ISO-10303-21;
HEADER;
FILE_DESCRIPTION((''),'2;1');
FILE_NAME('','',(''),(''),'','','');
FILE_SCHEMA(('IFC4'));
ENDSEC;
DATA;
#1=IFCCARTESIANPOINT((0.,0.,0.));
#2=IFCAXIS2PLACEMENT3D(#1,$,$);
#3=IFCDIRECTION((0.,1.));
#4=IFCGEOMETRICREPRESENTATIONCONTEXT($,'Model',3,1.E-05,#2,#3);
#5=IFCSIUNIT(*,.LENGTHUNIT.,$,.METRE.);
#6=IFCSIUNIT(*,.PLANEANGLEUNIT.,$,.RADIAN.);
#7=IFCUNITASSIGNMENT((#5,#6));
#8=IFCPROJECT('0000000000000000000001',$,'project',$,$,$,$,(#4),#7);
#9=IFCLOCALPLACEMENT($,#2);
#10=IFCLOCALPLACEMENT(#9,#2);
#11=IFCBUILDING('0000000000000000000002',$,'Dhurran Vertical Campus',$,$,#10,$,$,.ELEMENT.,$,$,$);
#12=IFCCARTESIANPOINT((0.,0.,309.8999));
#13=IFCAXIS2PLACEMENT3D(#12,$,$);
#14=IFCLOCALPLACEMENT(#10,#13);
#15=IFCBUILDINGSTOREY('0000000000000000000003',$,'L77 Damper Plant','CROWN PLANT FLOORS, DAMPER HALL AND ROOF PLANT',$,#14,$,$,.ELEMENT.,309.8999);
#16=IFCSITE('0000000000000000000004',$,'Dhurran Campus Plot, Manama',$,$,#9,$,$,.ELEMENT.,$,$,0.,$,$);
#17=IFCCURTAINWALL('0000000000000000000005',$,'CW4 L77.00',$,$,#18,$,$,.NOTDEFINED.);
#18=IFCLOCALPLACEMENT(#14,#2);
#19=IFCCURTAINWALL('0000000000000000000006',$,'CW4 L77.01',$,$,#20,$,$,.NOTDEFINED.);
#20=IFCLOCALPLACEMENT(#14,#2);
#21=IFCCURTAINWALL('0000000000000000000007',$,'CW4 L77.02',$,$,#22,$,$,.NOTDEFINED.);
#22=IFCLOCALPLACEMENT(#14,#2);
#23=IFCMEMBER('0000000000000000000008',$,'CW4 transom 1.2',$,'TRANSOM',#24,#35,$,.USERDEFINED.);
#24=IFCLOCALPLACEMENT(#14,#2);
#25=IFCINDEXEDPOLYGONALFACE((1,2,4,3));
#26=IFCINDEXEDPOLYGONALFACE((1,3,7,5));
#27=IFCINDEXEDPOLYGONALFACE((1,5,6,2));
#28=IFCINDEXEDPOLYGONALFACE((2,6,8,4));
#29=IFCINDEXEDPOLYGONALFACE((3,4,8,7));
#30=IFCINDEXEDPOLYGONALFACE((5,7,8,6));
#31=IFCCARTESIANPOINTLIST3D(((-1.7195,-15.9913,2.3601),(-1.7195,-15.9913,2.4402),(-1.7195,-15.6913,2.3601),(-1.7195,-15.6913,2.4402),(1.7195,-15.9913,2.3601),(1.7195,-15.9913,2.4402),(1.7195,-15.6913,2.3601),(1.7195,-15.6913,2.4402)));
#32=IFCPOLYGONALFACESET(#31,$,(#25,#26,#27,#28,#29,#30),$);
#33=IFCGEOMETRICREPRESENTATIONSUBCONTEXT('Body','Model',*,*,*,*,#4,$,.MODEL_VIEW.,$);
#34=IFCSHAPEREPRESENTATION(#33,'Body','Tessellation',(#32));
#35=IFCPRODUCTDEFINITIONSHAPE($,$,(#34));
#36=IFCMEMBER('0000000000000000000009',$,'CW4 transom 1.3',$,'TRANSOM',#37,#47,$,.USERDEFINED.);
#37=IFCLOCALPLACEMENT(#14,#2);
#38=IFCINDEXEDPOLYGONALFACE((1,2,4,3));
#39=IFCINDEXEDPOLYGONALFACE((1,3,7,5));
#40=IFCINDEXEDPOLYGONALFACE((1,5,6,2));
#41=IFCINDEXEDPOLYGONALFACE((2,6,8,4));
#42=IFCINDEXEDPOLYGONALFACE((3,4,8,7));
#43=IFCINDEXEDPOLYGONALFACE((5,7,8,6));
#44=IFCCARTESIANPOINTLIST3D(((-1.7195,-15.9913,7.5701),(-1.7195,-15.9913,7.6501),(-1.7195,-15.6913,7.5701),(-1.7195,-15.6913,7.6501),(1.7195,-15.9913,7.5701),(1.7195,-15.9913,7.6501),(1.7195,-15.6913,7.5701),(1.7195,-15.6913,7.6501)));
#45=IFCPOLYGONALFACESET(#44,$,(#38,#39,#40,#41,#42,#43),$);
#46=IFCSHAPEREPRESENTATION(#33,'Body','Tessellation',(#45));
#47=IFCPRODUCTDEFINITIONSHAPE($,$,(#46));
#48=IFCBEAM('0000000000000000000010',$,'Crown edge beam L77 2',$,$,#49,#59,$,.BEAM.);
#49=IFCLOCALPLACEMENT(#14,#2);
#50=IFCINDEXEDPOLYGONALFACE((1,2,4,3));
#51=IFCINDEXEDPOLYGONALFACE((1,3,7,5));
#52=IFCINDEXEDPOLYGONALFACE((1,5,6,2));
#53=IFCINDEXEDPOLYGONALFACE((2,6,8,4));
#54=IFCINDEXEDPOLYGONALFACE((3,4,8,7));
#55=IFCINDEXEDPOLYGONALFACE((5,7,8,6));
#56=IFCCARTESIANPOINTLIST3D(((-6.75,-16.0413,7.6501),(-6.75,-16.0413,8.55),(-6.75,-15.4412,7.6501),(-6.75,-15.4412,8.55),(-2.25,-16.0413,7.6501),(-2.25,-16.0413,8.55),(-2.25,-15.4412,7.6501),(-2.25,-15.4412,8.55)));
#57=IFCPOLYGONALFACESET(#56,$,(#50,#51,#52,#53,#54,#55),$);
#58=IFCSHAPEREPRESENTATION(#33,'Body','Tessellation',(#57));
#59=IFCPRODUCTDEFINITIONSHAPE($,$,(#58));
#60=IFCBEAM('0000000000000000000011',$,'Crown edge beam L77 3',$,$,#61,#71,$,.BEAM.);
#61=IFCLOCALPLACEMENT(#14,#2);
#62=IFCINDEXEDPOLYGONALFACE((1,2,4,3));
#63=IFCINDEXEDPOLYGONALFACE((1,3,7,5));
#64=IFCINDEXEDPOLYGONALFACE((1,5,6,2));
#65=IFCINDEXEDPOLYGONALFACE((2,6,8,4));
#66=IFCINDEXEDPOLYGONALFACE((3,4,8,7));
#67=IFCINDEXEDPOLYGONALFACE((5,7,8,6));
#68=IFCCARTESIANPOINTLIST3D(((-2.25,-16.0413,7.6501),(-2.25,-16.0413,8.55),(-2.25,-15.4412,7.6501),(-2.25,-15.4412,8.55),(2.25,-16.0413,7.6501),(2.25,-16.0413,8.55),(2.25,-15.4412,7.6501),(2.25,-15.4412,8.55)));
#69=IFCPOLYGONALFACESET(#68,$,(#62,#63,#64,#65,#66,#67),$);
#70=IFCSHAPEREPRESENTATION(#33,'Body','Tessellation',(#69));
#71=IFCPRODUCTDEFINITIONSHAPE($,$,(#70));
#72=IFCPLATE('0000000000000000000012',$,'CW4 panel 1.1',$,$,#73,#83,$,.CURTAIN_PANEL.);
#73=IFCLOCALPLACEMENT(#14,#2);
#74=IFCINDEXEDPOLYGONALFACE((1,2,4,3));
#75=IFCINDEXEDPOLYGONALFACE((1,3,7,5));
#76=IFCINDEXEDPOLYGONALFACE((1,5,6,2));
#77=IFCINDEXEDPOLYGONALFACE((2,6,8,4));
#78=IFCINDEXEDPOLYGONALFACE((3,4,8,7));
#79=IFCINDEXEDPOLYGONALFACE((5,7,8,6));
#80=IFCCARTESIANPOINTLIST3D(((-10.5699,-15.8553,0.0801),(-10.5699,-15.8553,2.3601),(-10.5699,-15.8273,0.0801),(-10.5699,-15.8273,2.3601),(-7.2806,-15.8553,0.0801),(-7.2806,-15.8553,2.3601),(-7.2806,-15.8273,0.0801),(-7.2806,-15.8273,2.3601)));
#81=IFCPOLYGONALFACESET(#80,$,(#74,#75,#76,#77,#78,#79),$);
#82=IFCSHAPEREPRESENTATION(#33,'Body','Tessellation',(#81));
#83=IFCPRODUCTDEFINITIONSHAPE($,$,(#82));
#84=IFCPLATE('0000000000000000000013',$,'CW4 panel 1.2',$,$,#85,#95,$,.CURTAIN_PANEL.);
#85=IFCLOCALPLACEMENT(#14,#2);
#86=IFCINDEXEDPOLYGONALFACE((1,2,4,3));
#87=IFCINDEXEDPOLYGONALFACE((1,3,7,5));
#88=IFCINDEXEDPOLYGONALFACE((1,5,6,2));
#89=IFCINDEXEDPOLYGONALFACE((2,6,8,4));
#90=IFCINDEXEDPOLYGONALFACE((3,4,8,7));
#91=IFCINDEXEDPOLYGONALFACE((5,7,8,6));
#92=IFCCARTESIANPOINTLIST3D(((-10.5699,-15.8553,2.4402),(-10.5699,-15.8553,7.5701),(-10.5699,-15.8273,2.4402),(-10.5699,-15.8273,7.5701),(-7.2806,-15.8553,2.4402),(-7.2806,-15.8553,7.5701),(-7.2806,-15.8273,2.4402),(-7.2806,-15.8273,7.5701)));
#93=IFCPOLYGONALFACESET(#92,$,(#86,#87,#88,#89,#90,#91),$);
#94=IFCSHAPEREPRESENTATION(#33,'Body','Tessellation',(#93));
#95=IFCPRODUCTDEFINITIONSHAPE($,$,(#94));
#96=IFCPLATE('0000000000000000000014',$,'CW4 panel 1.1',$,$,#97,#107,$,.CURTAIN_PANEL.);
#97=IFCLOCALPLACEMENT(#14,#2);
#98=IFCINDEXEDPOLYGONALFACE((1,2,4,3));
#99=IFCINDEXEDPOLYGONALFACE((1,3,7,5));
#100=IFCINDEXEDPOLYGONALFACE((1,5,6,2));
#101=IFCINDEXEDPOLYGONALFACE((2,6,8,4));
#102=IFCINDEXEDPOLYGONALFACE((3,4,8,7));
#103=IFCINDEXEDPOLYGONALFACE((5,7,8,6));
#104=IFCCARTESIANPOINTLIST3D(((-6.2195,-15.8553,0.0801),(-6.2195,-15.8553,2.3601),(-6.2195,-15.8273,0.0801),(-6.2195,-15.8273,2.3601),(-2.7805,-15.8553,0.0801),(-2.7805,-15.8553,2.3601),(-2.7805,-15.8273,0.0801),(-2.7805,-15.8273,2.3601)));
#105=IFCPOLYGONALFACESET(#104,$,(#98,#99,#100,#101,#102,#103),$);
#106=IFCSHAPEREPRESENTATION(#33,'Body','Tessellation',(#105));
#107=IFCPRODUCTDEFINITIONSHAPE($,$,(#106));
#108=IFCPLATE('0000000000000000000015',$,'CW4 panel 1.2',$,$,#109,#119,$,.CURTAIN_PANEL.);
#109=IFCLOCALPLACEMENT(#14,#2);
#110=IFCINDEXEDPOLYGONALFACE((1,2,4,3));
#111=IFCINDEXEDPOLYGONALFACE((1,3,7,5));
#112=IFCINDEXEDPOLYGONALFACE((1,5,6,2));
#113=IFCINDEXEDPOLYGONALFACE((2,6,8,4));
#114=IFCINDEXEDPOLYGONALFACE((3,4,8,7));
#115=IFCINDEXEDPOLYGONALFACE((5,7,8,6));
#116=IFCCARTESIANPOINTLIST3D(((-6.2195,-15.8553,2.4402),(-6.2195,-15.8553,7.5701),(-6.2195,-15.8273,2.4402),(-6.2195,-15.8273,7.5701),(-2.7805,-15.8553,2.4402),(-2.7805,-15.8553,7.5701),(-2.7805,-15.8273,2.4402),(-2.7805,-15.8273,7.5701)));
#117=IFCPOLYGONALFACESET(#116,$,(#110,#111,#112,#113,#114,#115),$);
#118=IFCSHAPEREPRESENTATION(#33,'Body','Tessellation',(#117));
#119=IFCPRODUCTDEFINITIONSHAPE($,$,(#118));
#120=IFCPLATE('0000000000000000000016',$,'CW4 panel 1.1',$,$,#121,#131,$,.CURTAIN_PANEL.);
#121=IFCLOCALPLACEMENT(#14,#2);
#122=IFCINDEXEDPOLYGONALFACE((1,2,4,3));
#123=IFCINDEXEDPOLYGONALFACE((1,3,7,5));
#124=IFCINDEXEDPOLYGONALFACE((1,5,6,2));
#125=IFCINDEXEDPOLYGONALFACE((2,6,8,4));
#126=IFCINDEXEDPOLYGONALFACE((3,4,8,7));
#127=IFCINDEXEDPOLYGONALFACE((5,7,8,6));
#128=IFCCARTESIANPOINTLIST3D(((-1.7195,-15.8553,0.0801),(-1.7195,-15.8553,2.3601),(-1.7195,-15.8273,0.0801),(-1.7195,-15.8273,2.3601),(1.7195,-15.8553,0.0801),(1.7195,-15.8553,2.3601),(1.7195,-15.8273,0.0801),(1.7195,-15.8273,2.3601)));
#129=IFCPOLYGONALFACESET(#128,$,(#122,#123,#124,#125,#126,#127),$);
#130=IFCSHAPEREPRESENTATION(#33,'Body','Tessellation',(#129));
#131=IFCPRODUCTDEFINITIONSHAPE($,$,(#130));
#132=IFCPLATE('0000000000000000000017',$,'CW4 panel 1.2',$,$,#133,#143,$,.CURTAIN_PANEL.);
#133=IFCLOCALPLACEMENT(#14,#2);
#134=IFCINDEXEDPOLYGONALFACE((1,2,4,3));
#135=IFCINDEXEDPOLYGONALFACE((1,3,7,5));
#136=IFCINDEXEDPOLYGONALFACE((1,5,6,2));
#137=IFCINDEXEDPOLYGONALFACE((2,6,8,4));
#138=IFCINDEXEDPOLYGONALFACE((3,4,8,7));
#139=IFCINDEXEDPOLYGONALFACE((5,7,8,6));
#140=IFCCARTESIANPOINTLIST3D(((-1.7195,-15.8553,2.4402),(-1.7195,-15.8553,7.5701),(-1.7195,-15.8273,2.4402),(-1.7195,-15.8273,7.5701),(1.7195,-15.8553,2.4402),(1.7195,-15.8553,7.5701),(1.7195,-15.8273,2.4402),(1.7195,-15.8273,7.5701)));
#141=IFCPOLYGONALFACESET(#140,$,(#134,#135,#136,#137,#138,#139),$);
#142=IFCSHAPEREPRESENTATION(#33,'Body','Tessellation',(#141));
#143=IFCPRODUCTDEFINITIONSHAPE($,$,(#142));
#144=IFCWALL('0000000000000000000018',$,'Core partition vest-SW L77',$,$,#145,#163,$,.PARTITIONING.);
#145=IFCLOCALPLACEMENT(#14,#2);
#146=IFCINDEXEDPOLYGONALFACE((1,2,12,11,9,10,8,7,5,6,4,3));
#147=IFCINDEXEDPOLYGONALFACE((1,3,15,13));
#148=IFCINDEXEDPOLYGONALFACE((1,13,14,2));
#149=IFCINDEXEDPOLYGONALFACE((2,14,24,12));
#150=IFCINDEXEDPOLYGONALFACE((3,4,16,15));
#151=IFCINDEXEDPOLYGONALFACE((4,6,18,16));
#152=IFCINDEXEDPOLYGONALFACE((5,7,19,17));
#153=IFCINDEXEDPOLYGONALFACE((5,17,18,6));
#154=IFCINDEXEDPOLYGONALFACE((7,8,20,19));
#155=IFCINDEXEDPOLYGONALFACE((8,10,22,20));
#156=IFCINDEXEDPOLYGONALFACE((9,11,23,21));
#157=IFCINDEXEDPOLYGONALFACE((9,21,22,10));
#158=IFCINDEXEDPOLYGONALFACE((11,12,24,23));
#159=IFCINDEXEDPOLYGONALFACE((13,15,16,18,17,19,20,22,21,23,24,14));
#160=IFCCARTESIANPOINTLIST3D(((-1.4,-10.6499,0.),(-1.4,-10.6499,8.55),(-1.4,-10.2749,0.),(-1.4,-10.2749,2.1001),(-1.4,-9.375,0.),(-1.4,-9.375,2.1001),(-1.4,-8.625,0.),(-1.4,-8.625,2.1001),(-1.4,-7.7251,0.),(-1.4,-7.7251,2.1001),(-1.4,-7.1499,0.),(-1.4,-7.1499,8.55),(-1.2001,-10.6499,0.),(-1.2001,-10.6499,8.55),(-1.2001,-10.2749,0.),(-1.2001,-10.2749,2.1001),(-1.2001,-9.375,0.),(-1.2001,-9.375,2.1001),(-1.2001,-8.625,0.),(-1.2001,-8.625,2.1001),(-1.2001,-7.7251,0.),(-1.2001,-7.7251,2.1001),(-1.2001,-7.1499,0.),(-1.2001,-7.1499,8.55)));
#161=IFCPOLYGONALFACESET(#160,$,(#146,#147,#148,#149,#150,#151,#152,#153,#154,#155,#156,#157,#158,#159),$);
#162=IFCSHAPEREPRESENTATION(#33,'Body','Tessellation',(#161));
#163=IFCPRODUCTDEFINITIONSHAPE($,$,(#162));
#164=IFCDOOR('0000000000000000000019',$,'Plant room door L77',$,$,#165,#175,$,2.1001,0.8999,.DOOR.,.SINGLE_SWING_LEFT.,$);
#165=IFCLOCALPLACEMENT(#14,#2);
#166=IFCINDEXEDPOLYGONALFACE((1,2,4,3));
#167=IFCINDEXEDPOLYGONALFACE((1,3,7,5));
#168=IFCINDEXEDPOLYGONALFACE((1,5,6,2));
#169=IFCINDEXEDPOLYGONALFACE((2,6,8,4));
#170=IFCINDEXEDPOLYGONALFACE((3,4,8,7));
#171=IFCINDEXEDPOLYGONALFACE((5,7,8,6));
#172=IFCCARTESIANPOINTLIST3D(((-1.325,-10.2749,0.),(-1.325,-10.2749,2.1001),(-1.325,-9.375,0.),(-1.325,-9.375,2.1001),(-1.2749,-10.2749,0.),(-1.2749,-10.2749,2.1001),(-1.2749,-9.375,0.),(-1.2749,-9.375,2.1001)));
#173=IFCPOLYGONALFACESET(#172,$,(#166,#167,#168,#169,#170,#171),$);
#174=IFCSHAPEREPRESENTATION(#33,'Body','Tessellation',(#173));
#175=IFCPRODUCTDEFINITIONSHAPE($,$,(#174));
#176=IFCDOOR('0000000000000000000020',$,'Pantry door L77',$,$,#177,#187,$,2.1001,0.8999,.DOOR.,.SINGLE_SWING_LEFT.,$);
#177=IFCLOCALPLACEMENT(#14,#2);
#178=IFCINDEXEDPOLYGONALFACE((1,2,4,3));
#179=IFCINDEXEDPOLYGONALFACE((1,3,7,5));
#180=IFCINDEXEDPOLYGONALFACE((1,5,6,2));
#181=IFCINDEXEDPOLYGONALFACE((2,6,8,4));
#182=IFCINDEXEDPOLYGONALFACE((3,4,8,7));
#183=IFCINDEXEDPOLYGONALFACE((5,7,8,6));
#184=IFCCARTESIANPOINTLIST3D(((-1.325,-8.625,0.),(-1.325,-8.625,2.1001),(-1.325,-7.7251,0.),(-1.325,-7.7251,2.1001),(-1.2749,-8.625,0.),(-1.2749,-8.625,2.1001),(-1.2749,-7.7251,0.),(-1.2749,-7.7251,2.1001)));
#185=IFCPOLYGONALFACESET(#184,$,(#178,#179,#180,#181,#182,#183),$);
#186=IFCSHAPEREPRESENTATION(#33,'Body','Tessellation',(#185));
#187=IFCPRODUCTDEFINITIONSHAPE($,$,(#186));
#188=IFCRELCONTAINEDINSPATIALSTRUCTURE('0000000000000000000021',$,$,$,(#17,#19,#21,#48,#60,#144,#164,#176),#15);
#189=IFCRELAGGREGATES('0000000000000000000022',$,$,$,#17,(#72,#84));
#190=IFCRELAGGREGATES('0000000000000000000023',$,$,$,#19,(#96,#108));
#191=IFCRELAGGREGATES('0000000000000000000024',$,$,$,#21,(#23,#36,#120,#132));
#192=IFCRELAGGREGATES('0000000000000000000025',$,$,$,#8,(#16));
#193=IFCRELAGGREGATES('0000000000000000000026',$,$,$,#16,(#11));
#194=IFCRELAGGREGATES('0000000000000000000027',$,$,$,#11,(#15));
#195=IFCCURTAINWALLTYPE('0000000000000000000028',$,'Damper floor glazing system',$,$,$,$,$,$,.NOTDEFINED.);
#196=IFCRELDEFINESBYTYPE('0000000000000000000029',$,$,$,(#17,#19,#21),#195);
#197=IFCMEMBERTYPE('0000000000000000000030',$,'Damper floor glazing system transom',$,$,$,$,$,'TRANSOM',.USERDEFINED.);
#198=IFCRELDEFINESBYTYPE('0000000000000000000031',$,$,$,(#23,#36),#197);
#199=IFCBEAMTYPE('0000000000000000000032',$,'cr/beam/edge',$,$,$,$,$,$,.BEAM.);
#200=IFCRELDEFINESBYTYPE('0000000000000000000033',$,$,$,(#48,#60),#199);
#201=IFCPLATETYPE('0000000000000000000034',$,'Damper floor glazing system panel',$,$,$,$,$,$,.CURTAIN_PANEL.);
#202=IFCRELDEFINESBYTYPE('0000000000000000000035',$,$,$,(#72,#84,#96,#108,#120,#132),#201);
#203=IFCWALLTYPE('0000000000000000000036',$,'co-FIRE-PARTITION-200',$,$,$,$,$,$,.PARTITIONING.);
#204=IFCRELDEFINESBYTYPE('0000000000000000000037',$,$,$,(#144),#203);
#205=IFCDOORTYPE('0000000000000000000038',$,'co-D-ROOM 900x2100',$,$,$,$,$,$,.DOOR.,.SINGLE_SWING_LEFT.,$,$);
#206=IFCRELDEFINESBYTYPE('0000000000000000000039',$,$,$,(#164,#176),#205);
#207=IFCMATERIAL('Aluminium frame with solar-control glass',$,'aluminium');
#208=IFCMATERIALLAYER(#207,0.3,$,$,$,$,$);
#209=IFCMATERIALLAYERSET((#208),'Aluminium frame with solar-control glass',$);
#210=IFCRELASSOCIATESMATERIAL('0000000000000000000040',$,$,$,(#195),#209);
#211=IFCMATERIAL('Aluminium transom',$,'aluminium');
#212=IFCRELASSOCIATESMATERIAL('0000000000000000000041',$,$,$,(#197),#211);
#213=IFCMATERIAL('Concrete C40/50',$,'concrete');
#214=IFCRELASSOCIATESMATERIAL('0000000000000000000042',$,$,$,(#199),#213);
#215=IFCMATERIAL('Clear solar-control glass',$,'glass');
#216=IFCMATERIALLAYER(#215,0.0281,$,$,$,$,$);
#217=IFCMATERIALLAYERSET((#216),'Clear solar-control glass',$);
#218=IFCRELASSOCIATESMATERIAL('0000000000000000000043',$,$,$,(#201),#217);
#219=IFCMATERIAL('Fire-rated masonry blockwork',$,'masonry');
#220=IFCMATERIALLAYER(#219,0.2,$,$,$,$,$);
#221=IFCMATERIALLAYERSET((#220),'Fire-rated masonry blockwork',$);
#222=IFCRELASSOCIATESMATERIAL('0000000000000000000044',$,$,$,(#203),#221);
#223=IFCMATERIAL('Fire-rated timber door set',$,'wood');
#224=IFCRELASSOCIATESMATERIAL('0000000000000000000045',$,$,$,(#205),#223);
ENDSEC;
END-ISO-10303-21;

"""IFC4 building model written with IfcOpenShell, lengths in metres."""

from ifc_helpers import new_model, si_unit, direction, frame, frame_2d, origin, origin_2d, place, context, subcontext, project, spatial, rectangle, extrude, material, layer, layer_set, material_profile, profile_set, type_object, element, fill, aggregate, save


model = new_model("IFC4")

# Units and contexts
model_context = context("Model", 3, precision=1e-05, world=origin(), true_north=direction((0.0, 1.0)))
body_context = subcontext(model_context, "Body", "Model", "MODEL_VIEW")
ifc_project = project(units=[si_unit("LENGTHUNIT", "METRE"), si_unit("PLANEANGLEUNIT", "RADIAN")], contexts=[model_context])

# Site, building, storey
site_placement = place(None, origin())
site = spatial("IfcSite", under=ifc_project, at=site_placement, Name="Dhurran Campus Plot, Manama", CompositionType="ELEMENT", RefElevation=0.0)
building_placement = place(site_placement, origin())
building = spatial("IfcBuilding", under=site, at=building_placement, Name="Dhurran Vertical Campus", CompositionType="ELEMENT")
storey_placement = place(building_placement, frame((0.0, 0.0, 309.8999)))
storey = spatial("IfcBuildingStorey", under=building, at=storey_placement, Name="L77 Damper Plant", Description="CROWN PLANT FLOORS, DAMPER HALL AND ROOF PLANT", CompositionType="ELEMENT", Elevation=309.8999)

# Curtain walls
ifc_material_1 = material(Name="Aluminium frame with solar-control glass", Category="aluminium")
ifc_layer_1 = layer(ifc_material_1, 0.3)
ifc_layer_set_1 = layer_set([ifc_layer_1], Name="Aluminium frame with solar-control glass")
curtain_wall_type = type_object("IfcCurtainWallType", Name="Damper floor glazing system", PredefinedType="NOTDEFINED", material=ifc_layer_set_1)
curtain_wall_1_placement = place(storey_placement, origin())
curtain_wall_1 = element("IfcCurtainWall", 1, at=curtain_wall_1_placement, inside=storey, type_object=curtain_wall_type, Name="CW4 L77.00", PredefinedType="NOTDEFINED")
curtain_wall_2_placement = place(storey_placement, origin())
curtain_wall_2 = element("IfcCurtainWall", 2, at=curtain_wall_2_placement, inside=storey, type_object=curtain_wall_type, Name="CW4 L77.01", PredefinedType="NOTDEFINED")

# Curtain wall
curtain_wall_3_placement = place(storey_placement, origin())
curtain_wall_3 = element("IfcCurtainWall", 3, at=curtain_wall_3_placement, inside=storey, type_object=curtain_wall_type, Name="CW4 L77.02", PredefinedType="NOTDEFINED")

# Members
ifc_material_2 = material(Name="Aluminium transom", Category="aluminium")
ifc_material_profile_1 = material_profile(ifc_material_2, rectangle(XDim=0.3, YDim=0.0801, at=origin_2d()), Name="Damper floor glazing system transom")
ifc_profile_set_1 = profile_set([ifc_material_profile_1], Name="Aluminium transom")
member_type_1 = type_object("IfcMemberType", Name="Damper floor glazing system transom", ElementType="TRANSOM", PredefinedType="USERDEFINED", material=ifc_profile_set_1)
member_1_placement = place(storey_placement, frame((-1.7195, -15.8413, 2.4001), z_axis=(1.0, 0.0, 0.0), x_axis=(0.0, 1.0, 0.0)))
member_1 = element("IfcMember", 4, at=member_1_placement, type_object=member_type_1, Name="CW4 transom 1.2", ObjectType="TRANSOM", PredefinedType="USERDEFINED", context=body_context, shape_type="SweptSolid", body=[
    extrude(rectangle(XDim=0.3, YDim=0.0801, at=origin_2d()), origin(), (0.0, 0.0, 1.0), 3.439),
])
member_2_placement = place(storey_placement, frame((-1.7195, -15.8413, 7.6101), z_axis=(1.0, 0.0, 0.0), x_axis=(0.0, 1.0, 0.0)))
member_2 = element("IfcMember", 5, at=member_2_placement, type_object=member_type_1, Name="CW4 transom 1.3", ObjectType="TRANSOM", PredefinedType="USERDEFINED", context=body_context, shape_type="SweptSolid", body=[
    extrude(rectangle(XDim=0.3, YDim=0.0801, at=origin_2d()), origin(), (0.0, 0.0, 1.0), 3.439),
])

# Beams
ifc_material_3 = material(Name="Concrete C40/50", Category="concrete")
ifc_material_profile_2 = material_profile(ifc_material_3, rectangle(XDim=0.6001, YDim=0.8999, at=origin_2d()), Name="cr/beam/edge")
ifc_profile_set_2 = profile_set([ifc_material_profile_2], Name="Concrete C40/50")
beam_type = type_object("IfcBeamType", Name="cr/beam/edge", PredefinedType="BEAM", material=ifc_profile_set_2)
for number, where, z_axis, x_axis, name in (
    (6, (-6.75, -15.7412, 8.1001), (1.0, 0.0, 0.0), (0.0, 1.0, 0.0), "Crown edge beam L77 2"),
    (7, (-2.25, -15.7412, 8.1001), (1.0, 0.0, 0.0), (0.0, 1.0, 0.0), "Crown edge beam L77 3"),
):
    element("IfcBeam", number, at=place(storey_placement, frame(where, z_axis=z_axis, x_axis=x_axis)), inside=storey, type_object=beam_type, Name=name, PredefinedType="BEAM", context=body_context, shape_type="SweptSolid", body=[
        extrude(rectangle(XDim=0.6001, YDim=0.8999, at=origin_2d()), origin(), (0.0, 0.0, 1.0), 4.5),
    ])

# Plates
ifc_material_4 = material(Name="Clear solar-control glass", Category="glass")
ifc_layer_2 = layer(ifc_material_4, 0.0281)
ifc_layer_set_2 = layer_set([ifc_layer_2], Name="Clear solar-control glass")
plate_type = type_object("IfcPlateType", Name="Damper floor glazing system panel", PredefinedType="CURTAIN_PANEL", material=ifc_layer_set_2)
plate_1_placement = place(storey_placement, frame((-8.9253, -15.8413, 0.0801), z_axis=(0.0, 0.0, 1.0), x_axis=(1.0, 0.0, 0.0)))
plate_1 = element("IfcPlate", 8, at=plate_1_placement, type_object=plate_type, Name="CW4 panel 1.1", PredefinedType="CURTAIN_PANEL", context=body_context, shape_type="SweptSolid", body=[
    extrude(rectangle(XDim=3.2893, YDim=0.0281, at=origin_2d()), origin(), (0.0, 0.0, 1.0), 2.28),
])
plate_2_placement = place(storey_placement, frame((-8.9253, -15.8413, 2.4402), z_axis=(0.0, 0.0, 1.0), x_axis=(1.0, 0.0, 0.0)))
plate_2 = element("IfcPlate", 9, at=plate_2_placement, type_object=plate_type, Name="CW4 panel 1.2", PredefinedType="CURTAIN_PANEL", context=body_context, shape_type="SweptSolid", body=[
    extrude(rectangle(XDim=3.2893, YDim=0.0281, at=origin_2d()), origin(), (0.0, 0.0, 1.0), 5.1299),
])
aggregate(curtain_wall_1, [plate_1, plate_2])
plate_3_placement = place(storey_placement, frame((-4.5, -15.8413, 0.0801), z_axis=(0.0, 0.0, 1.0), x_axis=(1.0, 0.0, 0.0)))
plate_3 = element("IfcPlate", 10, at=plate_3_placement, type_object=plate_type, Name="CW4 panel 1.1", PredefinedType="CURTAIN_PANEL", context=body_context, shape_type="SweptSolid", body=[
    extrude(rectangle(XDim=3.439, YDim=0.0281, at=origin_2d()), origin(), (0.0, 0.0, 1.0), 2.28),
])
plate_4_placement = place(storey_placement, frame((-4.5, -15.8413, 2.4402), z_axis=(0.0, 0.0, 1.0), x_axis=(1.0, 0.0, 0.0)))
plate_4 = element("IfcPlate", 11, at=plate_4_placement, type_object=plate_type, Name="CW4 panel 1.2", PredefinedType="CURTAIN_PANEL", context=body_context, shape_type="SweptSolid", body=[
    extrude(rectangle(XDim=3.439, YDim=0.0281, at=origin_2d()), origin(), (0.0, 0.0, 1.0), 5.1299),
])
aggregate(curtain_wall_2, [plate_3, plate_4])
plate_5_placement = place(storey_placement, frame((0.0, -15.8413, 0.0801), z_axis=(0.0, 0.0, 1.0), x_axis=(1.0, 0.0, 0.0)))
plate_5 = element("IfcPlate", 12, at=plate_5_placement, type_object=plate_type, Name="CW4 panel 1.1", PredefinedType="CURTAIN_PANEL", context=body_context, shape_type="SweptSolid", body=[
    extrude(rectangle(XDim=3.439, YDim=0.0281, at=origin_2d()), origin(), (0.0, 0.0, 1.0), 2.28),
])
plate_6_placement = place(storey_placement, frame((0.0, -15.8413, 2.4402), z_axis=(0.0, 0.0, 1.0), x_axis=(1.0, 0.0, 0.0)))
plate_6 = element("IfcPlate", 13, at=plate_6_placement, type_object=plate_type, Name="CW4 panel 1.2", PredefinedType="CURTAIN_PANEL", context=body_context, shape_type="SweptSolid", body=[
    extrude(rectangle(XDim=3.439, YDim=0.0281, at=origin_2d()), origin(), (0.0, 0.0, 1.0), 5.1299),
])
aggregate(curtain_wall_3, [member_1, member_2, plate_5, plate_6])

# Wall, openings, doors
ifc_material_5 = material(Name="Fire-rated masonry blockwork", Category="masonry")
ifc_layer_3 = layer(ifc_material_5, 0.2)
ifc_layer_set_3 = layer_set([ifc_layer_3], Name="Fire-rated masonry blockwork")
wall_type_1 = type_object("IfcWallType", Name="co-FIRE-PARTITION-200", PredefinedType="PARTITIONING", material=ifc_layer_set_3)
wall_1_placement = place(storey_placement, frame((-1.3, -10.6499, 0.0), z_axis=(0.0, 0.0, 1.0), x_axis=(0.0, 1.0, 0.0)))
wall_1 = element("IfcWall", 14, at=wall_1_placement, inside=storey, type_object=wall_type_1, Name="Core partition vest-SW L77", PredefinedType="PARTITIONING", context=body_context, shape_type="SweptSolid", body=[
    extrude(rectangle(XDim=3.5, YDim=0.2, at=frame_2d((1.75, 0.0))), origin(), (0.0, 0.0, 1.0), 8.55),
])
opening_1_placement = place(wall_1_placement, frame((0.375, 0.0, 0.0)))
opening_1 = element("IfcOpeningElement", 15, at=opening_1_placement, cuts=wall_1, PredefinedType="OPENING", context=body_context, shape_type="SweptSolid", body=[
    extrude(rectangle(XDim=0.8999, YDim=2.1001, at=frame_2d((0.45, 1.05))), frame((0.0, 0.1099, 0.0), z_axis=(0.0, -1.0, 0.0), x_axis=(1.0, 0.0, 0.0)), (0.0, 0.0, 1.0), 0.22),
])
opening_2_placement = place(wall_1_placement, frame((2.0249, 0.0, 0.0)))
opening_2 = element("IfcOpeningElement", 16, at=opening_2_placement, cuts=wall_1, PredefinedType="OPENING", context=body_context, shape_type="SweptSolid", body=[
    extrude(rectangle(XDim=0.8999, YDim=2.1001, at=frame_2d((0.45, 1.05))), frame((0.0, 0.1099, 0.0), z_axis=(0.0, -1.0, 0.0), x_axis=(1.0, 0.0, 0.0)), (0.0, 0.0, 1.0), 0.22),
])
ifc_material_6 = material(Name="Fire-rated timber door set", Category="wood")
door_type = type_object("IfcDoorType", Name="co-D-ROOM 900x2100", OperationType="SINGLE_SWING_LEFT", PredefinedType="DOOR", material=ifc_material_6)
door_1_placement = place(opening_1_placement, origin())
door_1 = element("IfcDoor", 17, at=door_1_placement, inside=storey, type_object=door_type, Name="Plant room door L77", OperationType="SINGLE_SWING_LEFT", OverallHeight=2.1001, OverallWidth=0.8999, PredefinedType="DOOR", context=body_context, shape_type="SweptSolid", body=[
    extrude(rectangle(XDim=0.8999, YDim=2.1001, at=frame_2d((0.45, 1.05))), frame((0.0, 0.0249, 0.0), z_axis=(0.0, -1.0, 0.0), x_axis=(1.0, 0.0, 0.0)), (0.0, 0.0, 1.0), 0.05),
])
fill(opening_1, door_1)
door_2_placement = place(opening_2_placement, origin())
door_2 = element("IfcDoor", 18, at=door_2_placement, inside=storey, type_object=door_type, Name="Pantry door L77", OperationType="SINGLE_SWING_LEFT", OverallHeight=2.1001, OverallWidth=0.8999, PredefinedType="DOOR", context=body_context, shape_type="SweptSolid", body=[
    extrude(rectangle(XDim=0.8999, YDim=2.1001, at=frame_2d((0.45, 1.05))), frame((0.0, 0.0249, 0.0), z_axis=(0.0, -1.0, 0.0), x_axis=(1.0, 0.0, 0.0)), (0.0, 0.0, 1.0), 0.05),
])
fill(opening_2, door_2)

save(model, "model.ifc")
